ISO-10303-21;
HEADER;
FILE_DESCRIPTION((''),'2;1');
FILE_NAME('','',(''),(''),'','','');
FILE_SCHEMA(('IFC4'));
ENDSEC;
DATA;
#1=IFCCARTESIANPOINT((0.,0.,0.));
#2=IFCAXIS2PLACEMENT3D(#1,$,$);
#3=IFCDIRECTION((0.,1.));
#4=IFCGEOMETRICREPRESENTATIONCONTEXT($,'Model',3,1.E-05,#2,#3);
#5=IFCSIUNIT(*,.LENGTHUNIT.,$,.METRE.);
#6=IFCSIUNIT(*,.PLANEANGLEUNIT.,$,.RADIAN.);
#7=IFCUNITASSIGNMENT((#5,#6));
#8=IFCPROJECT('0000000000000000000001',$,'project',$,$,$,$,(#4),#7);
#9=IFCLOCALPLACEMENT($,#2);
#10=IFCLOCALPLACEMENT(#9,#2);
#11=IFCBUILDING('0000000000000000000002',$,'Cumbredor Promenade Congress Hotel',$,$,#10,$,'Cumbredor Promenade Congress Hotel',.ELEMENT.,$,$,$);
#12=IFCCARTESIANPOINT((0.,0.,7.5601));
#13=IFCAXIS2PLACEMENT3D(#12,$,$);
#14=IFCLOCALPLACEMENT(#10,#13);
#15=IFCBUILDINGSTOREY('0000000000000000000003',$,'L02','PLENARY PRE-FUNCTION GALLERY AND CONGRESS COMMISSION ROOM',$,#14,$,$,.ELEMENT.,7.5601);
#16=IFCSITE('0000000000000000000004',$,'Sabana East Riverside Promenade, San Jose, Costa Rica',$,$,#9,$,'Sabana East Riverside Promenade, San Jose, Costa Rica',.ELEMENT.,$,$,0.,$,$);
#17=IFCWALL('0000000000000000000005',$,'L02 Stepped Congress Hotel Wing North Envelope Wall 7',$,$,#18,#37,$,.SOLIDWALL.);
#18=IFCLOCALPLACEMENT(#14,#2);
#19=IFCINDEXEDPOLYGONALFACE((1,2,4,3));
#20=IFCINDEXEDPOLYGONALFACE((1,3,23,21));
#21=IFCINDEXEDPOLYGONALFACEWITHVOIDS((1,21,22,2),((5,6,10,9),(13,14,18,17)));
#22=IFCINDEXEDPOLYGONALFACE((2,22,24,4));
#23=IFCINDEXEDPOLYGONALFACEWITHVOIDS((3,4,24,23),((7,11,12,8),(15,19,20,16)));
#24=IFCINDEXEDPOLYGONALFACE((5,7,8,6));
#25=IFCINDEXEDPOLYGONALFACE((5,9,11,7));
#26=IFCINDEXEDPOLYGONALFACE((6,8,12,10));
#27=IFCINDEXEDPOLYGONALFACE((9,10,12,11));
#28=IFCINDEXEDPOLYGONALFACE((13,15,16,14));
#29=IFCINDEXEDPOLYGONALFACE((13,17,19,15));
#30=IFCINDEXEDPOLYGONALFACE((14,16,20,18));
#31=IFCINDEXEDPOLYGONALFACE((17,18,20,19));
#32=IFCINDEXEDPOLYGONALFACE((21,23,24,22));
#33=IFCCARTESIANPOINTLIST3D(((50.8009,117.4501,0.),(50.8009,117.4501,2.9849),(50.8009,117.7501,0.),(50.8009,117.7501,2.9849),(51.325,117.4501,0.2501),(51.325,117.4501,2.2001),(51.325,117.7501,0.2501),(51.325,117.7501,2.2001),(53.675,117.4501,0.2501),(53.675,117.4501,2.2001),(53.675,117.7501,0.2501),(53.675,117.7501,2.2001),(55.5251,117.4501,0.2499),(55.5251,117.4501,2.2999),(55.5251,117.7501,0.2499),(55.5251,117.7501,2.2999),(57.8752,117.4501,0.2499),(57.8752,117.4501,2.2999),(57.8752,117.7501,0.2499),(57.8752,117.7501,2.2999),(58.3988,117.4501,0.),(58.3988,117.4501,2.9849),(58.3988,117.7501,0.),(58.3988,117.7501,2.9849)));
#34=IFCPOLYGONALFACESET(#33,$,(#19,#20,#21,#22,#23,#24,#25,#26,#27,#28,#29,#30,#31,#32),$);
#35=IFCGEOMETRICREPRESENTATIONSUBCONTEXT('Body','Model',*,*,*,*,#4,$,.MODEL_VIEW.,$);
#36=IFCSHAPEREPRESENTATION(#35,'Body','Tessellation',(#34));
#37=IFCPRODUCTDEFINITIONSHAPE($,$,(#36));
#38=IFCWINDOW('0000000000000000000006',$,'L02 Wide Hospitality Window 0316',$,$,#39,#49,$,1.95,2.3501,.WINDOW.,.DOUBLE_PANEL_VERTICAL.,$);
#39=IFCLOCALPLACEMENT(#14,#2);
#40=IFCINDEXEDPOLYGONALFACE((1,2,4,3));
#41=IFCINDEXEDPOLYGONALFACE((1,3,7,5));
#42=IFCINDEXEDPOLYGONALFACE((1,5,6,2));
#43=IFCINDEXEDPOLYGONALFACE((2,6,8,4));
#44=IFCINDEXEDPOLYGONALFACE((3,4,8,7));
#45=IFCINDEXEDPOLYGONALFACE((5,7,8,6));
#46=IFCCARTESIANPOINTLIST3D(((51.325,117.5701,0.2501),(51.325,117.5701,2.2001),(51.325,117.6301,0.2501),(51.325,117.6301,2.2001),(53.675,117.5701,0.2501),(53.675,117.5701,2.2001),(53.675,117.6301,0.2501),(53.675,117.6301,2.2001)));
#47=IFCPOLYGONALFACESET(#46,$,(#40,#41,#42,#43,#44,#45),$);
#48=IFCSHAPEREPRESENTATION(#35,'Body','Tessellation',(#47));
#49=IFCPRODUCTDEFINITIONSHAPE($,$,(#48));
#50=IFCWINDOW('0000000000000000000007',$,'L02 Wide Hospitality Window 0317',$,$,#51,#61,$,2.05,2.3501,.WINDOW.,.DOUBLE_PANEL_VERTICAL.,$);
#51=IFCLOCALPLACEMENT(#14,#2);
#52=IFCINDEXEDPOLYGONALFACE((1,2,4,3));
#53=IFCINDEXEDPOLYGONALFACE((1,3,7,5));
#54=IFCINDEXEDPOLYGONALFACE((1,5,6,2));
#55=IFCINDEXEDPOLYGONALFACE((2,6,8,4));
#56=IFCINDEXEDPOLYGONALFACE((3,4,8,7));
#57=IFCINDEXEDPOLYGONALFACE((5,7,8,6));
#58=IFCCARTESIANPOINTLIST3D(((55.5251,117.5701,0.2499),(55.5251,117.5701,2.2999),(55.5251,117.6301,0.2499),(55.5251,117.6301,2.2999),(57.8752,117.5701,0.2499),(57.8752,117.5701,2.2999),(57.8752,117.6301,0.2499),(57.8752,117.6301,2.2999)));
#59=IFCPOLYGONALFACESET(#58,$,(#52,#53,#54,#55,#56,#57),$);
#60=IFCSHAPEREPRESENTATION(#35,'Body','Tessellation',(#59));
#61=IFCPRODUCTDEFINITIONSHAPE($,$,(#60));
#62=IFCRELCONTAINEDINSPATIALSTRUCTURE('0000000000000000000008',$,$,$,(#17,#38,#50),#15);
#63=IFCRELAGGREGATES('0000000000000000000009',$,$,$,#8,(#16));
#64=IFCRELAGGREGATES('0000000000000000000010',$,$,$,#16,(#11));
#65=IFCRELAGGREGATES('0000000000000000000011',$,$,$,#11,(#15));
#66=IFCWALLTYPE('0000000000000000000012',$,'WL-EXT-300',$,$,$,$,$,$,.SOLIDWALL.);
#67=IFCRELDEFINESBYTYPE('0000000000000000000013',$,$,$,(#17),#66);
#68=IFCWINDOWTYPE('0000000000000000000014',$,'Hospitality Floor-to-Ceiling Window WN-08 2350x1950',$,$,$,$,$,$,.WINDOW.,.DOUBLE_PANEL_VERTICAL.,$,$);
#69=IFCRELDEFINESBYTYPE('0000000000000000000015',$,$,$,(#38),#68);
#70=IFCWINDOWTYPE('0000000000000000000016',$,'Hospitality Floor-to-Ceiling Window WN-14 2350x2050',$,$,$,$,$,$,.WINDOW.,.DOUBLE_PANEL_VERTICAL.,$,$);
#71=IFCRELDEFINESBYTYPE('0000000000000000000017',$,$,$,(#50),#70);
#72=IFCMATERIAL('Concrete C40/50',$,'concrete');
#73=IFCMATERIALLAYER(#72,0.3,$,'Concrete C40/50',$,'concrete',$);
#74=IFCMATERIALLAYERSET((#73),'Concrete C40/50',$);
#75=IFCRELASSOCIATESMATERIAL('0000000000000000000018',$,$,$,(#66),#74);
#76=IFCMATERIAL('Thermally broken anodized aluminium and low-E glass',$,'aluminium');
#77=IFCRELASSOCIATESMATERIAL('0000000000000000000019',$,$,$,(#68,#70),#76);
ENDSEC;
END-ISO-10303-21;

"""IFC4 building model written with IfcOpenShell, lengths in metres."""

from ifc_helpers import new_model, si_unit, direction, frame, frame_2d, origin, place, context, subcontext, project, spatial, rectangle, extrude, material, layer, layer_set, type_object, element, fill, save


model = new_model("IFC4")

# Units and contexts
model_context = context("Model", 3, precision=1e-05, world=origin(), true_north=direction((0.0, 1.0)))
body_context = subcontext(model_context, "Body", "Model", "MODEL_VIEW")
ifc_project = project(units=[si_unit("LENGTHUNIT", "METRE"), si_unit("PLANEANGLEUNIT", "RADIAN")], contexts=[model_context])

# Site, building, storey
site_placement = place(None, origin())
site = spatial("IfcSite", under=ifc_project, at=site_placement, Name="Sabana East Riverside Promenade, San Jose, Costa Rica", LongName="Sabana East Riverside Promenade, San Jose, Costa Rica", CompositionType="ELEMENT", RefElevation=0.0)
building_placement = place(site_placement, origin())
building = spatial("IfcBuilding", under=site, at=building_placement, Name="Cumbredor Promenade Congress Hotel", LongName="Cumbredor Promenade Congress Hotel", CompositionType="ELEMENT")
storey_placement = place(building_placement, frame((0.0, 0.0, 7.5601)))
storey = spatial("IfcBuildingStorey", under=building, at=storey_placement, Name="L02", Description="PLENARY PRE-FUNCTION GALLERY AND CONGRESS COMMISSION ROOM", CompositionType="ELEMENT", Elevation=7.5601)

# Shared definitions
ifc_material_1 = material(Name="Concrete C40/50", Category="concrete")

# Shared definitions
ifc_material_2 = material(Name="Thermally broken anodized aluminium and low-E glass", Category="aluminium")

# Wall, openings, windows
ifc_layer_1 = layer(ifc_material_1, 0.3, Name="Concrete C40/50", Category="concrete")
ifc_layer_set_1 = layer_set([ifc_layer_1], Name="Concrete C40/50")
wall_type_1 = type_object("IfcWallType", Name="WL-EXT-300", PredefinedType="SOLIDWALL", material=ifc_layer_set_1)
wall_1_placement = place(storey_placement, frame((50.801, 117.6001, 0.0), z_axis=(0.0, 0.0, 1.0), x_axis=(1.0, 0.0, 0.0)))
wall_1 = element("IfcWall", 1, at=wall_1_placement, inside=storey, type_object=wall_type_1, Name="L02 Stepped Congress Hotel Wing North Envelope Wall 7", PredefinedType="SOLIDWALL", context=body_context, shape_type="SweptSolid", body=[
    extrude(rectangle(XDim=7.5979, YDim=0.3, at=frame_2d((3.7988, 0.0))), origin(), (0.0, 0.0, 1.0), 2.9849),
])
opening_1_placement = place(wall_1_placement, frame((0.5239, 0.0, 0.25)))
opening_1 = element("IfcOpeningElement", 2, at=opening_1_placement, cuts=wall_1, PredefinedType="OPENING", context=body_context, shape_type="SweptSolid", body=[
    extrude(rectangle(XDim=2.3501, YDim=1.95, at=frame_2d((1.175, 0.9751))), frame((0.0, 0.1602, 0.0), z_axis=(0.0, -1.0, 0.0), x_axis=(1.0, 0.0, 0.0)), (0.0, 0.0, 1.0), 0.3201),
])
opening_2_placement = place(wall_1_placement, frame((4.7241, 0.0, 0.25)))
opening_2 = element("IfcOpeningElement", 3, at=opening_2_placement, cuts=wall_1, PredefinedType="OPENING", context=body_context, shape_type="SweptSolid", body=[
    extrude(rectangle(XDim=2.3501, YDim=2.05, at=frame_2d((1.175, 1.0249))), frame((0.0, 0.1602, 0.0), z_axis=(0.0, -1.0, 0.0), x_axis=(1.0, 0.0, 0.0)), (0.0, 0.0, 1.0), 0.3201),
])
window_type_1 = type_object("IfcWindowType", Name="Hospitality Floor-to-Ceiling Window WN-08 2350x1950", PartitioningType="DOUBLE_PANEL_VERTICAL", PredefinedType="WINDOW", material=ifc_material_2)
window_1_placement = place(opening_1_placement, origin())
window_1 = element("IfcWindow", 4, at=window_1_placement, inside=storey, type_object=window_type_1, Name="L02 Wide Hospitality Window 0316", OverallHeight=1.95, OverallWidth=2.3501, PartitioningType="DOUBLE_PANEL_VERTICAL", PredefinedType="WINDOW", context=body_context, shape_type="SweptSolid", body=[
    extrude(rectangle(XDim=2.3501, YDim=1.95, at=frame_2d((1.175, 0.9751))), frame((0.0, 0.03, 0.0), z_axis=(0.0, -1.0, 0.0), x_axis=(1.0, 0.0, 0.0)), (0.0, 0.0, 1.0), 0.0601),
])
fill(opening_1, window_1)
window_type_2 = type_object("IfcWindowType", Name="Hospitality Floor-to-Ceiling Window WN-14 2350x2050", PartitioningType="DOUBLE_PANEL_VERTICAL", PredefinedType="WINDOW", material=ifc_material_2)
window_2_placement = place(opening_2_placement, origin())
window_2 = element("IfcWindow", 5, at=window_2_placement, inside=storey, type_object=window_type_2, Name="L02 Wide Hospitality Window 0317", OverallHeight=2.05, OverallWidth=2.3501, PartitioningType="DOUBLE_PANEL_VERTICAL", PredefinedType="WINDOW", context=body_context, shape_type="SweptSolid", body=[
    extrude(rectangle(XDim=2.3501, YDim=2.05, at=frame_2d((1.175, 1.0249))), frame((0.0, 0.03, 0.0), z_axis=(0.0, -1.0, 0.0), x_axis=(1.0, 0.0, 0.0)), (0.0, 0.0, 1.0), 0.0601),
])
fill(opening_2, window_2)

save(model, "model.ifc")
